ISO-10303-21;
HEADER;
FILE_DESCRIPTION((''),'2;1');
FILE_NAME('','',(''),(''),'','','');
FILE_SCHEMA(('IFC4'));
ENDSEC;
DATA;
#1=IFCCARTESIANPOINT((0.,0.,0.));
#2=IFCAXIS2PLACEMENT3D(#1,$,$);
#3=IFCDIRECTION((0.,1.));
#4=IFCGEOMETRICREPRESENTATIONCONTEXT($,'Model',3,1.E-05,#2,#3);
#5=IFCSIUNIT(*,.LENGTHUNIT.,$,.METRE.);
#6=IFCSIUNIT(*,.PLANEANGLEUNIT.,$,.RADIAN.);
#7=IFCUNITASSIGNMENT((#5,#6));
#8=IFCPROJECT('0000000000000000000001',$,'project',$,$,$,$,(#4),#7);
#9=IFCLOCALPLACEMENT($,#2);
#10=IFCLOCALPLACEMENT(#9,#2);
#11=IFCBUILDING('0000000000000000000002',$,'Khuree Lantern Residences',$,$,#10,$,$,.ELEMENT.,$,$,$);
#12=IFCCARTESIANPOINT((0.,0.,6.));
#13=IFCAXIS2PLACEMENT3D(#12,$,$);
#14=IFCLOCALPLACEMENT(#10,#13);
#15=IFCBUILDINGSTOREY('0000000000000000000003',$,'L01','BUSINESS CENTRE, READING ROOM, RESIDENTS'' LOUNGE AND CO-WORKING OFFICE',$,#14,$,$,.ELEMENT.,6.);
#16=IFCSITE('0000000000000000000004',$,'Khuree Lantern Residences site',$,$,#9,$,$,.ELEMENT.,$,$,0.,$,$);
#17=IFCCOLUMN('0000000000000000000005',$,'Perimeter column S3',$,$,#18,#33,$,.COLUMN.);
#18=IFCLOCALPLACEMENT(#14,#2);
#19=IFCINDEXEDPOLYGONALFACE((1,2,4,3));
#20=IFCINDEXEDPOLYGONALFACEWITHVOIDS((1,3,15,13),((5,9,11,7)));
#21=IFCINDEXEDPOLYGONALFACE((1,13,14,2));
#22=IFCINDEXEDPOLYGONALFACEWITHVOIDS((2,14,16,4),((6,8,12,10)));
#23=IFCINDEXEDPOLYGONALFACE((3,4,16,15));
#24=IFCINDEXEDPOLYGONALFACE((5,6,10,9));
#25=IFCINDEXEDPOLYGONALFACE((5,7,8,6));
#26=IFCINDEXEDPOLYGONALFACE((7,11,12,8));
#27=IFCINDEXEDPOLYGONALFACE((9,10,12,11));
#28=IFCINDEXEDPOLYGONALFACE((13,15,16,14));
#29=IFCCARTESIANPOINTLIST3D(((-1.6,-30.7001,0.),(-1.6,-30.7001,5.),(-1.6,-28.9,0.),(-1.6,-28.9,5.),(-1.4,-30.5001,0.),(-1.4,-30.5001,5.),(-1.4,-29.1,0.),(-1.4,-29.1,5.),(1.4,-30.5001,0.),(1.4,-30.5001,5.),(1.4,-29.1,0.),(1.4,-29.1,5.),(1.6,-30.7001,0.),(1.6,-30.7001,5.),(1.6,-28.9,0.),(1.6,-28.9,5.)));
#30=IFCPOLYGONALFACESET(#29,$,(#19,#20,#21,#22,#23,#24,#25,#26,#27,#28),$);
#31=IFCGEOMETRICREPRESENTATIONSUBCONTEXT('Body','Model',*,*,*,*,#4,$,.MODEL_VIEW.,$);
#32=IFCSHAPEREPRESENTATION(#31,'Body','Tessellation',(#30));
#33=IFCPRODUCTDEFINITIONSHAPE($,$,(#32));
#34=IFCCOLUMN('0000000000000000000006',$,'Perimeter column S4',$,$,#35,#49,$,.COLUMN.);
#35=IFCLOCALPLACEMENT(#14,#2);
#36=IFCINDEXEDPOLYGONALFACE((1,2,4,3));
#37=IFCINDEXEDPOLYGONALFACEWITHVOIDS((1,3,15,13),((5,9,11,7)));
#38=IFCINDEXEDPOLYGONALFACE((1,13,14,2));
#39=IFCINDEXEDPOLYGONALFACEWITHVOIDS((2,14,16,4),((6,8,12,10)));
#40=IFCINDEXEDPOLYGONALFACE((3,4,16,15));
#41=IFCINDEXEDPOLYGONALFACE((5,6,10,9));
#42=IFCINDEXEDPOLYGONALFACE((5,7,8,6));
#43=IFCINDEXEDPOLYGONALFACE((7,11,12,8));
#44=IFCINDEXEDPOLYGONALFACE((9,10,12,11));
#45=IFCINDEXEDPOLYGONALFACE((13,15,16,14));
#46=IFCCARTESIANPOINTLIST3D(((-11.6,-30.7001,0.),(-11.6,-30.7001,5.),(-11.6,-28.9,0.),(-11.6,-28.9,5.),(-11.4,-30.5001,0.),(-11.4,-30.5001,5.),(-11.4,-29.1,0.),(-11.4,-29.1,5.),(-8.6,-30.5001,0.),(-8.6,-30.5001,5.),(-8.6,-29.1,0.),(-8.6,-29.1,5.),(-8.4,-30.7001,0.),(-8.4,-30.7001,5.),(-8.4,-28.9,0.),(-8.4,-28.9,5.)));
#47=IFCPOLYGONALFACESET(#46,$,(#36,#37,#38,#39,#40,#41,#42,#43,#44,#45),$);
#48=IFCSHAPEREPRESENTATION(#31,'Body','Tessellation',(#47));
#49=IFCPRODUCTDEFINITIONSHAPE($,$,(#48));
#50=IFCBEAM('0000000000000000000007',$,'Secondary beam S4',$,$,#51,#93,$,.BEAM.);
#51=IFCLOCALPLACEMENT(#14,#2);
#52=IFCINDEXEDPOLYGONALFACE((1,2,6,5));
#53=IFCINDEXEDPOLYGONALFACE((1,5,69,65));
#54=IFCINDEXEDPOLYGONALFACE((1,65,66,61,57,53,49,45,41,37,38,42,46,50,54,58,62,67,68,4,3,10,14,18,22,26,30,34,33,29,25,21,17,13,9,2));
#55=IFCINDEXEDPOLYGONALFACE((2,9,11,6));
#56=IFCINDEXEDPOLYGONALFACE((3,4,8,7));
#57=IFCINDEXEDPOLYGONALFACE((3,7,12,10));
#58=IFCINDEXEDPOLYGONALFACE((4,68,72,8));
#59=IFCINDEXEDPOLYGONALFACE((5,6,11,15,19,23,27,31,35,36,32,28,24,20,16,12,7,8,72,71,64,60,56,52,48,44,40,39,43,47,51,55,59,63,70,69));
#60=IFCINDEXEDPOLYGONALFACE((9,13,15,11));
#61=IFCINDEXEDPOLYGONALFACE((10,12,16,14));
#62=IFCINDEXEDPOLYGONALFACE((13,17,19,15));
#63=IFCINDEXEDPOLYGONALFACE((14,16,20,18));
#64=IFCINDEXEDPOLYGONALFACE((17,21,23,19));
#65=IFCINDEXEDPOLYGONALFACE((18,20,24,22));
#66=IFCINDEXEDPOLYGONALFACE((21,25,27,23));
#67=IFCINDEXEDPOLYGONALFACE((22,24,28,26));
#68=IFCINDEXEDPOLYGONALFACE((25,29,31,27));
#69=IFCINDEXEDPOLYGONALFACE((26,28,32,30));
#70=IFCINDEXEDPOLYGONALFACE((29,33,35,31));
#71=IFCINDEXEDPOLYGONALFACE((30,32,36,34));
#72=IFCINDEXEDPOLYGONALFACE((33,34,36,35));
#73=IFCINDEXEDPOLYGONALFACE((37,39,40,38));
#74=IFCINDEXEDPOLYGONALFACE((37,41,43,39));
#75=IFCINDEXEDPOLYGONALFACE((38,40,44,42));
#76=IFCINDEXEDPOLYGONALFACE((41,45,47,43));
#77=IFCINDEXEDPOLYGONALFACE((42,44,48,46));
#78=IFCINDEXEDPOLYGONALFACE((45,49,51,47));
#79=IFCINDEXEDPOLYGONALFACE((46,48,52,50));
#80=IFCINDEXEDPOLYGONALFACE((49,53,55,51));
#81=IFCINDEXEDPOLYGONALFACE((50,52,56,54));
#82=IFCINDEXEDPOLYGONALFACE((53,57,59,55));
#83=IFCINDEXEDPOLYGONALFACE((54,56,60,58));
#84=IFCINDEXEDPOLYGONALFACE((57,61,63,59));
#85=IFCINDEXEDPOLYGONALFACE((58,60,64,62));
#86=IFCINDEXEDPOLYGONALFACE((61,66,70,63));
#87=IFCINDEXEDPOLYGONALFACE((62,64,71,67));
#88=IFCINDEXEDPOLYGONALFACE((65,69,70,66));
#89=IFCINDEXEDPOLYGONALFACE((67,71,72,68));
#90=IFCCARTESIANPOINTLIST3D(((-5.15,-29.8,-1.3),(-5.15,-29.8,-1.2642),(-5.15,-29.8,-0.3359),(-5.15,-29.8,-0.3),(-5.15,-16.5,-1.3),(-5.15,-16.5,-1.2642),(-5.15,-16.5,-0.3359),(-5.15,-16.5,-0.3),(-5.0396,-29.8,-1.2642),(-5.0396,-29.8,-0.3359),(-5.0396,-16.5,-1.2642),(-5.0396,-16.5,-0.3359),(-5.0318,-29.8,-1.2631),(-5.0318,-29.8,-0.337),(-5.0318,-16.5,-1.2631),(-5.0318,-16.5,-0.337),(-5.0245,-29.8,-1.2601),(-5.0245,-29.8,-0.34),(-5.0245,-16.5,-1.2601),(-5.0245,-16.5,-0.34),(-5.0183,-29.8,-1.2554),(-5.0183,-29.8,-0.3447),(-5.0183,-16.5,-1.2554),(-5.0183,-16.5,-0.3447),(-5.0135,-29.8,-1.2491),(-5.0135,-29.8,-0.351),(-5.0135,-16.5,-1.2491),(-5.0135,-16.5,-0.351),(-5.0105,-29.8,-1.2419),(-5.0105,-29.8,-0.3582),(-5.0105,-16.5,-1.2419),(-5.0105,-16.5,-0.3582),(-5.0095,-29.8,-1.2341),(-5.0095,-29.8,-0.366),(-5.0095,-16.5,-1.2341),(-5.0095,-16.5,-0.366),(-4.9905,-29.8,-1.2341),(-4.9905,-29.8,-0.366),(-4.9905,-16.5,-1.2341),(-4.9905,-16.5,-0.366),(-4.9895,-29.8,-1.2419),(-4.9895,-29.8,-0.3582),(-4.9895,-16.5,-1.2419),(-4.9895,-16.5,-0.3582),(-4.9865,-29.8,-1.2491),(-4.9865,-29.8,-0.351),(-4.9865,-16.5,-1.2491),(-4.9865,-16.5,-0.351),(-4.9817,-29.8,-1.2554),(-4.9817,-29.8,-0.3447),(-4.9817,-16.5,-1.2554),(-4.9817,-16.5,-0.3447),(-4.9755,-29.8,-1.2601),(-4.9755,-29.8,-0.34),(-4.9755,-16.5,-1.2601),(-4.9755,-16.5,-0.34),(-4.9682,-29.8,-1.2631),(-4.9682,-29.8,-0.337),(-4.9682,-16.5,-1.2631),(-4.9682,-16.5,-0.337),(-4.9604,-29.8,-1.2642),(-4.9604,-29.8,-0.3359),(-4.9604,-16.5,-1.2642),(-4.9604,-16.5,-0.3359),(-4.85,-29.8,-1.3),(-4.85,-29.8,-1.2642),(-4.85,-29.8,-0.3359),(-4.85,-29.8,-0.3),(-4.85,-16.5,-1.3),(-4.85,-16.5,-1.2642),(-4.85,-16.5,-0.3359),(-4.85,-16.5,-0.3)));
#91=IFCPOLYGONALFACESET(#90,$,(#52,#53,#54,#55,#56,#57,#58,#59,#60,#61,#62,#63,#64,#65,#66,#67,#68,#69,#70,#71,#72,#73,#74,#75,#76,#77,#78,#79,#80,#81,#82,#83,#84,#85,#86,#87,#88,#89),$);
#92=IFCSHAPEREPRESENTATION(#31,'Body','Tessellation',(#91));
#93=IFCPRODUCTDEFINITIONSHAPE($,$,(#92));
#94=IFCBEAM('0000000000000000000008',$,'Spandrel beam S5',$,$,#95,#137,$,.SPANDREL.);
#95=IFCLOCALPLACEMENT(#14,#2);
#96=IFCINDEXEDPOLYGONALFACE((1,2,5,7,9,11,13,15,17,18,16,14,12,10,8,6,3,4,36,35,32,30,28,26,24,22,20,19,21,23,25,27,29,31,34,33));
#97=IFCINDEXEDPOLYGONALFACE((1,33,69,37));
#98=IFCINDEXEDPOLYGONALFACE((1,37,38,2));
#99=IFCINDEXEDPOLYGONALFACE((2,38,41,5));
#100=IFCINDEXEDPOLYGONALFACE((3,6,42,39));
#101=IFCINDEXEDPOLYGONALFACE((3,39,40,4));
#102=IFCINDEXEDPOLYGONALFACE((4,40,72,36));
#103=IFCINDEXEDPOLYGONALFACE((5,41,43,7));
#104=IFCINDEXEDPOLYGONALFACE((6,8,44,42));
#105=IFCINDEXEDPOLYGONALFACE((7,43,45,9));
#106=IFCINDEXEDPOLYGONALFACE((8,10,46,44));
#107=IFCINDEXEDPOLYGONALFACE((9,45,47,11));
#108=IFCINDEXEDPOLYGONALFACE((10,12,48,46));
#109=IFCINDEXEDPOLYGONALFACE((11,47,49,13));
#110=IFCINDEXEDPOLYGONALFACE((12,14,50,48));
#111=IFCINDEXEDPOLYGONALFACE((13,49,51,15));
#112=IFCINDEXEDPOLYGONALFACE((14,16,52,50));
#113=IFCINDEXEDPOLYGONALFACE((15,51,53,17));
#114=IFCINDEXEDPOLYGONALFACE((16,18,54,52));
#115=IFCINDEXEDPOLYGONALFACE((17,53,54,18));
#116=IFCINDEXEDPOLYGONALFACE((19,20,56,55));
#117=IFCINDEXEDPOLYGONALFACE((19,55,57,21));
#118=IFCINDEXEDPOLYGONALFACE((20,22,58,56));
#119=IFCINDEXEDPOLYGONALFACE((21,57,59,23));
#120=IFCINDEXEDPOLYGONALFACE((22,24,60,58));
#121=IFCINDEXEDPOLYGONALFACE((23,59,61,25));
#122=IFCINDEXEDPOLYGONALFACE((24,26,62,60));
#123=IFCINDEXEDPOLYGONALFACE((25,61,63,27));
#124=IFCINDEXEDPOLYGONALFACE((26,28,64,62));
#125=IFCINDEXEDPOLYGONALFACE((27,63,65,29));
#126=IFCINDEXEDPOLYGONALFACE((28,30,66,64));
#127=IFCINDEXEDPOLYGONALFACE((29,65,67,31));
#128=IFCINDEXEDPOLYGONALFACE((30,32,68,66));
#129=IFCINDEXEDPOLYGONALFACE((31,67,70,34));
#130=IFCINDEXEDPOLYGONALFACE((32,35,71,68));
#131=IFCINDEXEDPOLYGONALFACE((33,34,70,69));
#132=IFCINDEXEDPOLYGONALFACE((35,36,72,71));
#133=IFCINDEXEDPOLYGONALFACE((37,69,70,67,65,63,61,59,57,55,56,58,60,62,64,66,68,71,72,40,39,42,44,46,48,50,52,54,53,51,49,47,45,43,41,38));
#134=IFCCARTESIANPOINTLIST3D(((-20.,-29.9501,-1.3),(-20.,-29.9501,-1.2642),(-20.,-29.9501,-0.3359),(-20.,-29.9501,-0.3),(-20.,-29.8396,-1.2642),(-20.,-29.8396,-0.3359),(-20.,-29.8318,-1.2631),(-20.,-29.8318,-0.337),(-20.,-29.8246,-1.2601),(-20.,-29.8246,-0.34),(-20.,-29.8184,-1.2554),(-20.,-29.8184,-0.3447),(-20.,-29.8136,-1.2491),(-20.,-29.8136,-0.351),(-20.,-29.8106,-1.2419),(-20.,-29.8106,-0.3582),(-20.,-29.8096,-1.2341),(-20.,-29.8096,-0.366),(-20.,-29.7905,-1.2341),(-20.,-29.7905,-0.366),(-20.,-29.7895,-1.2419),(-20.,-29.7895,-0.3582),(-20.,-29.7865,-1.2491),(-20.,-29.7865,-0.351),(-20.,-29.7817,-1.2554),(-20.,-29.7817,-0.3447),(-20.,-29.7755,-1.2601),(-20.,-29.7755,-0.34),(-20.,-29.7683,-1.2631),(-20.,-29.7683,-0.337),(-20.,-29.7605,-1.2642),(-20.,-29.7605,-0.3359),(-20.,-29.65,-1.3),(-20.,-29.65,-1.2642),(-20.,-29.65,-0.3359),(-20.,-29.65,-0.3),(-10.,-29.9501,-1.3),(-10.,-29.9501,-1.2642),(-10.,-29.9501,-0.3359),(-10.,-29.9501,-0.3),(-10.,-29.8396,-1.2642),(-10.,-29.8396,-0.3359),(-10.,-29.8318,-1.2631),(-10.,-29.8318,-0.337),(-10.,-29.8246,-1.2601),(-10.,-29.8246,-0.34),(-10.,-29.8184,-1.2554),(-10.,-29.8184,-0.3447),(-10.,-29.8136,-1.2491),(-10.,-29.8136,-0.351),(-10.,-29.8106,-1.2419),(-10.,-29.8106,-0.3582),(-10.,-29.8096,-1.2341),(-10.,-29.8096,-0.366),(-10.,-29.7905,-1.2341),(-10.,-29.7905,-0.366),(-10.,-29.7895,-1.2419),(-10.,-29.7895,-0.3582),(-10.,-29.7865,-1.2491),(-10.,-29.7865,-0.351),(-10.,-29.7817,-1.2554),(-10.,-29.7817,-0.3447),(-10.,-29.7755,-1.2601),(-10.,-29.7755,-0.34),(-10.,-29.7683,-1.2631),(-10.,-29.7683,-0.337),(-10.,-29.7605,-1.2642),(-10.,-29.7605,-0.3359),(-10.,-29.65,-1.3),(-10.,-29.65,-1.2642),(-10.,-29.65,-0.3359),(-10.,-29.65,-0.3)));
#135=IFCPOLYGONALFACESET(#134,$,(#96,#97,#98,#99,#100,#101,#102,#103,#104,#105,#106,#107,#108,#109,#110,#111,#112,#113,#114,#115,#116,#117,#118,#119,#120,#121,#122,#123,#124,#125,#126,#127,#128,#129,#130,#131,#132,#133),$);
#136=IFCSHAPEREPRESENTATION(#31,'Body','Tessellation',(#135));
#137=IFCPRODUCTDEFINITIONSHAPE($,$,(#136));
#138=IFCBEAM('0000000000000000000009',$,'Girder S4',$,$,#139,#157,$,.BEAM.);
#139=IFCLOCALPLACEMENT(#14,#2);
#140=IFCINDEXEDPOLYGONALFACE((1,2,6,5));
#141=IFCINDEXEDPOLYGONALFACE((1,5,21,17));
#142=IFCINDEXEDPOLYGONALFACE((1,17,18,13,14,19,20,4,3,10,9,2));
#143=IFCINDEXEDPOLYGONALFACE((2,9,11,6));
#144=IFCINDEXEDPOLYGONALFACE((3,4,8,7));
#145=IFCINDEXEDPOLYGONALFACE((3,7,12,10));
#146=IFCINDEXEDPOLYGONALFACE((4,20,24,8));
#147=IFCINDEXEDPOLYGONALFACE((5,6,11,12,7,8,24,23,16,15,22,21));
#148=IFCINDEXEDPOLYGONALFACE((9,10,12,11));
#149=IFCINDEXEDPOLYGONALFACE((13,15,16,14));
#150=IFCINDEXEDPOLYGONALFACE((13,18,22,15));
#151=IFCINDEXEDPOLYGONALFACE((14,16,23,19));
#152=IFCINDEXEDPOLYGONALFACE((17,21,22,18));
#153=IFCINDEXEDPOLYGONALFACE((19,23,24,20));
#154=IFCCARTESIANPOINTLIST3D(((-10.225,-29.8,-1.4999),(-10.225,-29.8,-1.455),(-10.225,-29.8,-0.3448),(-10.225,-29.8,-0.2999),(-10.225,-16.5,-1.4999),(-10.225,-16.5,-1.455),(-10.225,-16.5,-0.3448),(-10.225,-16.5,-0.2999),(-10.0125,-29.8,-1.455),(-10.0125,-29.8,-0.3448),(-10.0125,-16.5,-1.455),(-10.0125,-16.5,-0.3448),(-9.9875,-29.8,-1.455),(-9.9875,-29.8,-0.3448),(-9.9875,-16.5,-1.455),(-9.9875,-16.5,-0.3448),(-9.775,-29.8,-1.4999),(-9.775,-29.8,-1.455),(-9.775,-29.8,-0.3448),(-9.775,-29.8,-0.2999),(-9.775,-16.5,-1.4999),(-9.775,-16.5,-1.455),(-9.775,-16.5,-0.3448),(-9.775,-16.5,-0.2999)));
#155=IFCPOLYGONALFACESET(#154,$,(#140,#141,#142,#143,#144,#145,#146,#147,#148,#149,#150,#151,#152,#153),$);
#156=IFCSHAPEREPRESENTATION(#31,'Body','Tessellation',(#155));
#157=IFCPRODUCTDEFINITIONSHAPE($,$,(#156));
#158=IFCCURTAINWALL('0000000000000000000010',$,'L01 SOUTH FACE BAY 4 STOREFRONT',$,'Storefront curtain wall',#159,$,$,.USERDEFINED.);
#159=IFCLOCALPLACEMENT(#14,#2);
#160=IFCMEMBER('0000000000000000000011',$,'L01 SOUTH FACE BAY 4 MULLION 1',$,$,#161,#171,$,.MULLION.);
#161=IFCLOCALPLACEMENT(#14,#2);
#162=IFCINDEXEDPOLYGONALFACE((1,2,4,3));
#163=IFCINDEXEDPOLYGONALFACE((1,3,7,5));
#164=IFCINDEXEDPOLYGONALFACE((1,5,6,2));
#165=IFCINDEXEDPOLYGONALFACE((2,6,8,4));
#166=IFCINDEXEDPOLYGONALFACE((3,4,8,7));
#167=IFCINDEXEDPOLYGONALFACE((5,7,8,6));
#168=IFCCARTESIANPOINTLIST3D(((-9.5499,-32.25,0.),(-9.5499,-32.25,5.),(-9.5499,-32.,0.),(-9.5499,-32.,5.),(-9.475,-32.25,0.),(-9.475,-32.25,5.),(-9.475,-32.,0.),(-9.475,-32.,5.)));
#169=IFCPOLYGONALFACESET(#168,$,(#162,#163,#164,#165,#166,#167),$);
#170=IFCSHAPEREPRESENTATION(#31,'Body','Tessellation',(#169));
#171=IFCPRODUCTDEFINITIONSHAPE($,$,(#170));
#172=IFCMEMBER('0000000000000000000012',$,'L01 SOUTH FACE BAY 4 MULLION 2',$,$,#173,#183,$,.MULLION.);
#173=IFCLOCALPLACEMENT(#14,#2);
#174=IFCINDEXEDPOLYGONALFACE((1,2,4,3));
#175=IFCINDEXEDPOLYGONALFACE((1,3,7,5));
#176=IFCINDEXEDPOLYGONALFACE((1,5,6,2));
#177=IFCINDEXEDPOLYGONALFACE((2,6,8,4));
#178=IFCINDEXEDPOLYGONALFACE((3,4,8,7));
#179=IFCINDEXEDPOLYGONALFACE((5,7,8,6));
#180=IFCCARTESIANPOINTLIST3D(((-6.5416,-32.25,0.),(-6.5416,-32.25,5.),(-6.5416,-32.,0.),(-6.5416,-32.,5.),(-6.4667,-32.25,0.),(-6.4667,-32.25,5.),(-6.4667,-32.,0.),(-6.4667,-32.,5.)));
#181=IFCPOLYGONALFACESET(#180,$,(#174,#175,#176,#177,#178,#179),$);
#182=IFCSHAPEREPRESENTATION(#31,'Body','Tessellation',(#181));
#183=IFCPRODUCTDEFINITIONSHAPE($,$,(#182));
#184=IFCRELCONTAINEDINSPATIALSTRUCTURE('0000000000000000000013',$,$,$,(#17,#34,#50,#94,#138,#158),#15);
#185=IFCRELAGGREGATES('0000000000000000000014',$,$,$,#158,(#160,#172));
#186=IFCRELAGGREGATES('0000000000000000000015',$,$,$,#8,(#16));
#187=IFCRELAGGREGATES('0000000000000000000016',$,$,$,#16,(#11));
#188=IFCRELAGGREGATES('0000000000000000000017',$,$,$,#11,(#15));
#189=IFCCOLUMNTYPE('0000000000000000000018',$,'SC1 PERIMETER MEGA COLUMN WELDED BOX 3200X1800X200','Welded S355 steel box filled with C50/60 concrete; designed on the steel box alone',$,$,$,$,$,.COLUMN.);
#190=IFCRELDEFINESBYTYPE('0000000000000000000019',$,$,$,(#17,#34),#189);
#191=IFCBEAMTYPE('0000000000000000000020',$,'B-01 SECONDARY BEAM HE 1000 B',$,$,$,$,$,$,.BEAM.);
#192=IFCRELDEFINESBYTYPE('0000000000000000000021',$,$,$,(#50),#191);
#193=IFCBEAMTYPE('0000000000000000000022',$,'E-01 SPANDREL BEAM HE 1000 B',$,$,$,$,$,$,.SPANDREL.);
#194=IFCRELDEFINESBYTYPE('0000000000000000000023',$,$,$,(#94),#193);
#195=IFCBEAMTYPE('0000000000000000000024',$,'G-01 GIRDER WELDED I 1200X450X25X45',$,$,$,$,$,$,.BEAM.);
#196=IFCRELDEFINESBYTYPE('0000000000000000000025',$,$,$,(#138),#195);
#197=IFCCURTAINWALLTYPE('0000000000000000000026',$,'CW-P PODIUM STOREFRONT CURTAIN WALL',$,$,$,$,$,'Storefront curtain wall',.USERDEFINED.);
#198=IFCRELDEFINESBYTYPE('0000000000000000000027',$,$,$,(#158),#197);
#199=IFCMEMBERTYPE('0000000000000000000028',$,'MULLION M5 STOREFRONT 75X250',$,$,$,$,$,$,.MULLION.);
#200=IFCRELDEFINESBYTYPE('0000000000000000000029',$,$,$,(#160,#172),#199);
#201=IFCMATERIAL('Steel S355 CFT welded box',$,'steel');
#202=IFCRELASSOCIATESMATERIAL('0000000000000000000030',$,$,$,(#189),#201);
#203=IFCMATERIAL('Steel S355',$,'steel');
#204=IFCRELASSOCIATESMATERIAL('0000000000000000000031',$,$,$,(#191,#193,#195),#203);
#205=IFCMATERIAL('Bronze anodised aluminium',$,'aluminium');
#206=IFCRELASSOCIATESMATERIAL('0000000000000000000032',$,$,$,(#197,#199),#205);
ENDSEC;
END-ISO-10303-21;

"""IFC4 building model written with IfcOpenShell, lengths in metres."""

from ifc_helpers import new_model, si_unit, direction, frame, origin, origin_2d, place, context, subcontext, project, spatial, rectangle, hollow_rectangle, i_section, extrude, material, material_profile, profile_set, type_object, element, aggregate, save


model = new_model("IFC4")

# Units and contexts
model_context = context("Model", 3, precision=1e-05, world=origin(), true_north=direction((0.0, 1.0)))
body_context = subcontext(model_context, "Body", "Model", "MODEL_VIEW")
ifc_project = project(units=[si_unit("LENGTHUNIT", "METRE"), si_unit("PLANEANGLEUNIT", "RADIAN")], contexts=[model_context])

# Site, building, storey
site_placement = place(None, origin())
site = spatial("IfcSite", under=ifc_project, at=site_placement, Name="Khuree Lantern Residences site", CompositionType="ELEMENT", RefElevation=0.0)
building_placement = place(site_placement, origin())
building = spatial("IfcBuilding", under=site, at=building_placement, Name="Khuree Lantern Residences", CompositionType="ELEMENT")
storey_placement = place(building_placement, frame((0.0, 0.0, 6.0)))
storey = spatial("IfcBuildingStorey", under=building, at=storey_placement, Name="L01", Description="BUSINESS CENTRE, READING ROOM, RESIDENTS' LOUNGE AND CO-WORKING OFFICE", CompositionType="ELEMENT", Elevation=6.0)

# Columns
ifc_material_1 = material(Name="Steel S355 CFT welded box", Category="steel")
ifc_material_profile_1 = material_profile(ifc_material_1, hollow_rectangle(XDim=3.2, YDim=1.8, WallThickness=0.2, at=origin_2d()), Name="WELDED BOX 3200X1800X200")
ifc_profile_set_1 = profile_set([ifc_material_profile_1], Name="Steel S355 CFT welded box")
column_type = type_object("IfcColumnType", Name="SC1 PERIMETER MEGA COLUMN WELDED BOX 3200X1800X200", Description="Welded S355 steel box filled with C50/60 concrete; designed on the steel box alone", PredefinedType="COLUMN", material=ifc_profile_set_1)
for number, where, z_axis, x_axis, name in (
    (1, (0.0, -29.8, 0.0), (0.0, 0.0, 1.0), (1.0, 0.0, 0.0), "Perimeter column S3"),
    (2, (-10.0, -29.8, 0.0), (0.0, 0.0, 1.0), (1.0, 0.0, 0.0), "Perimeter column S4"),
):
    element("IfcColumn", number, at=place(storey_placement, frame(where, z_axis=z_axis, x_axis=x_axis)), inside=storey, type_object=column_type, Name=name, PredefinedType="COLUMN", context=body_context, shape_type="SweptSolid", body=[
        extrude(hollow_rectangle(XDim=3.2, YDim=1.8, WallThickness=0.2, at=origin_2d()), origin(), (0.0, 0.0, 1.0), 5.0),
    ])

# Beams
ifc_material_2 = material(Name="Steel S355", Category="steel")
ifc_material_profile_2 = material_profile(ifc_material_2, i_section(OverallWidth=0.3, OverallDepth=1.0, WebThickness=0.019, FlangeThickness=0.0359, FilletRadius=0.03, at=origin_2d()), Name="HE 1000 B")
ifc_profile_set_2 = profile_set([ifc_material_profile_2], Name="Steel S355")
beam_type_1 = type_object("IfcBeamType", Name="B-01 SECONDARY BEAM HE 1000 B", PredefinedType="BEAM", material=ifc_profile_set_2)
beam_1_placement = place(storey_placement, frame((-5.0, -29.8, -0.8), z_axis=(0.0, 1.0, 0.0), x_axis=(-1.0, 0.0, 0.0)))
element("IfcBeam", 3, at=beam_1_placement, inside=storey, type_object=beam_type_1, Name="Secondary beam S4", PredefinedType="BEAM", context=body_context, shape_type="SweptSolid", body=[
    extrude(i_section(OverallWidth=0.3, OverallDepth=1.0, WebThickness=0.019, FlangeThickness=0.0359, FilletRadius=0.03, at=origin_2d()), origin(), (0.0, 0.0, 1.0), 13.3),
])
ifc_material_profile_3 = material_profile(ifc_material_2, i_section(OverallWidth=0.3, OverallDepth=1.0, WebThickness=0.019, FlangeThickness=0.0359, FilletRadius=0.03, at=origin_2d()), Name="HE 1000 B")
ifc_profile_set_3 = profile_set([ifc_material_profile_3], Name="Steel S355")
beam_type_2 = type_object("IfcBeamType", Name="E-01 SPANDREL BEAM HE 1000 B", PredefinedType="SPANDREL", material=ifc_profile_set_3)
beam_2_placement = place(storey_placement, frame((-10.0, -29.8, -0.8), z_axis=(-1.0, 0.0, 0.0), x_axis=(0.0, -1.0, 0.0)))
element("IfcBeam", 4, at=beam_2_placement, inside=storey, type_object=beam_type_2, Name="Spandrel beam S5", PredefinedType="SPANDREL", context=body_context, shape_type="SweptSolid", body=[
    extrude(i_section(OverallWidth=0.3, OverallDepth=1.0, WebThickness=0.019, FlangeThickness=0.0359, FilletRadius=0.03, at=origin_2d()), origin(), (0.0, 0.0, 1.0), 10.0),
])
ifc_material_profile_4 = material_profile(ifc_material_2, i_section(OverallWidth=0.45, OverallDepth=1.2, WebThickness=0.0249, FlangeThickness=0.0449, at=origin_2d()), Name="WELDED I 1200X450X25X45")
ifc_profile_set_4 = profile_set([ifc_material_profile_4], Name="Steel S355")
beam_type_3 = type_object("IfcBeamType", Name="G-01 GIRDER WELDED I 1200X450X25X45", PredefinedType="BEAM", material=ifc_profile_set_4)
beam_3_placement = place(storey_placement, frame((-10.0, -29.8, -0.8999), z_axis=(0.0, 1.0, 0.0), x_axis=(-1.0, 0.0, 0.0)))
element("IfcBeam", 5, at=beam_3_placement, inside=storey, type_object=beam_type_3, Name="Girder S4", PredefinedType="BEAM", context=body_context, shape_type="SweptSolid", body=[
    extrude(i_section(OverallWidth=0.45, OverallDepth=1.2, WebThickness=0.0249, FlangeThickness=0.0449, at=origin_2d()), origin(), (0.0, 0.0, 1.0), 13.3),
])

# Curtain wall, members
ifc_material_3 = material(Name="Bronze anodised aluminium", Category="aluminium")
curtain_wall_type = type_object("IfcCurtainWallType", Name="CW-P PODIUM STOREFRONT CURTAIN WALL", ElementType="Storefront curtain wall", PredefinedType="USERDEFINED", material=ifc_material_3)
curtain_wall_placement = place(storey_placement, origin())
curtain_wall = element("IfcCurtainWall", 6, at=curtain_wall_placement, inside=storey, type_object=curtain_wall_type, Name="L01 SOUTH FACE BAY 4 STOREFRONT", ObjectType="Storefront curtain wall", PredefinedType="USERDEFINED")
ifc_material_profile_5 = material_profile(ifc_material_3, rectangle(XDim=0.075, YDim=0.25, at=origin_2d()), Name="M5 75X250")
ifc_profile_set_5 = profile_set([ifc_material_profile_5], Name="Bronze anodised aluminium")
member_type_1 = type_object("IfcMemberType", Name="MULLION M5 STOREFRONT 75X250", PredefinedType="MULLION", material=ifc_profile_set_5)
member_1_placement = place(storey_placement, frame((-9.5125, -32.125, 0.0), z_axis=(0.0, 0.0, 1.0), x_axis=(1.0, 0.0, 0.0)))
member_1 = element("IfcMember", 7, at=member_1_placement, type_object=member_type_1, Name="L01 SOUTH FACE BAY 4 MULLION 1", PredefinedType="MULLION", context=body_context, shape_type="SweptSolid", body=[
    extrude(rectangle(XDim=0.075, YDim=0.25, at=origin_2d()), origin(), (0.0, 0.0, 1.0), 5.0),
])
member_2_placement = place(storey_placement, frame((-6.5042, -32.125, 0.0), z_axis=(0.0, 0.0, 1.0), x_axis=(1.0, 0.0, 0.0)))
member_2 = element("IfcMember", 8, at=member_2_placement, type_object=member_type_1, Name="L01 SOUTH FACE BAY 4 MULLION 2", PredefinedType="MULLION", context=body_context, shape_type="SweptSolid", body=[
    extrude(rectangle(XDim=0.075, YDim=0.25, at=origin_2d()), origin(), (0.0, 0.0, 1.0), 5.0),
])
aggregate(curtain_wall, [member_1, member_2])

save(model, "model.ifc")
